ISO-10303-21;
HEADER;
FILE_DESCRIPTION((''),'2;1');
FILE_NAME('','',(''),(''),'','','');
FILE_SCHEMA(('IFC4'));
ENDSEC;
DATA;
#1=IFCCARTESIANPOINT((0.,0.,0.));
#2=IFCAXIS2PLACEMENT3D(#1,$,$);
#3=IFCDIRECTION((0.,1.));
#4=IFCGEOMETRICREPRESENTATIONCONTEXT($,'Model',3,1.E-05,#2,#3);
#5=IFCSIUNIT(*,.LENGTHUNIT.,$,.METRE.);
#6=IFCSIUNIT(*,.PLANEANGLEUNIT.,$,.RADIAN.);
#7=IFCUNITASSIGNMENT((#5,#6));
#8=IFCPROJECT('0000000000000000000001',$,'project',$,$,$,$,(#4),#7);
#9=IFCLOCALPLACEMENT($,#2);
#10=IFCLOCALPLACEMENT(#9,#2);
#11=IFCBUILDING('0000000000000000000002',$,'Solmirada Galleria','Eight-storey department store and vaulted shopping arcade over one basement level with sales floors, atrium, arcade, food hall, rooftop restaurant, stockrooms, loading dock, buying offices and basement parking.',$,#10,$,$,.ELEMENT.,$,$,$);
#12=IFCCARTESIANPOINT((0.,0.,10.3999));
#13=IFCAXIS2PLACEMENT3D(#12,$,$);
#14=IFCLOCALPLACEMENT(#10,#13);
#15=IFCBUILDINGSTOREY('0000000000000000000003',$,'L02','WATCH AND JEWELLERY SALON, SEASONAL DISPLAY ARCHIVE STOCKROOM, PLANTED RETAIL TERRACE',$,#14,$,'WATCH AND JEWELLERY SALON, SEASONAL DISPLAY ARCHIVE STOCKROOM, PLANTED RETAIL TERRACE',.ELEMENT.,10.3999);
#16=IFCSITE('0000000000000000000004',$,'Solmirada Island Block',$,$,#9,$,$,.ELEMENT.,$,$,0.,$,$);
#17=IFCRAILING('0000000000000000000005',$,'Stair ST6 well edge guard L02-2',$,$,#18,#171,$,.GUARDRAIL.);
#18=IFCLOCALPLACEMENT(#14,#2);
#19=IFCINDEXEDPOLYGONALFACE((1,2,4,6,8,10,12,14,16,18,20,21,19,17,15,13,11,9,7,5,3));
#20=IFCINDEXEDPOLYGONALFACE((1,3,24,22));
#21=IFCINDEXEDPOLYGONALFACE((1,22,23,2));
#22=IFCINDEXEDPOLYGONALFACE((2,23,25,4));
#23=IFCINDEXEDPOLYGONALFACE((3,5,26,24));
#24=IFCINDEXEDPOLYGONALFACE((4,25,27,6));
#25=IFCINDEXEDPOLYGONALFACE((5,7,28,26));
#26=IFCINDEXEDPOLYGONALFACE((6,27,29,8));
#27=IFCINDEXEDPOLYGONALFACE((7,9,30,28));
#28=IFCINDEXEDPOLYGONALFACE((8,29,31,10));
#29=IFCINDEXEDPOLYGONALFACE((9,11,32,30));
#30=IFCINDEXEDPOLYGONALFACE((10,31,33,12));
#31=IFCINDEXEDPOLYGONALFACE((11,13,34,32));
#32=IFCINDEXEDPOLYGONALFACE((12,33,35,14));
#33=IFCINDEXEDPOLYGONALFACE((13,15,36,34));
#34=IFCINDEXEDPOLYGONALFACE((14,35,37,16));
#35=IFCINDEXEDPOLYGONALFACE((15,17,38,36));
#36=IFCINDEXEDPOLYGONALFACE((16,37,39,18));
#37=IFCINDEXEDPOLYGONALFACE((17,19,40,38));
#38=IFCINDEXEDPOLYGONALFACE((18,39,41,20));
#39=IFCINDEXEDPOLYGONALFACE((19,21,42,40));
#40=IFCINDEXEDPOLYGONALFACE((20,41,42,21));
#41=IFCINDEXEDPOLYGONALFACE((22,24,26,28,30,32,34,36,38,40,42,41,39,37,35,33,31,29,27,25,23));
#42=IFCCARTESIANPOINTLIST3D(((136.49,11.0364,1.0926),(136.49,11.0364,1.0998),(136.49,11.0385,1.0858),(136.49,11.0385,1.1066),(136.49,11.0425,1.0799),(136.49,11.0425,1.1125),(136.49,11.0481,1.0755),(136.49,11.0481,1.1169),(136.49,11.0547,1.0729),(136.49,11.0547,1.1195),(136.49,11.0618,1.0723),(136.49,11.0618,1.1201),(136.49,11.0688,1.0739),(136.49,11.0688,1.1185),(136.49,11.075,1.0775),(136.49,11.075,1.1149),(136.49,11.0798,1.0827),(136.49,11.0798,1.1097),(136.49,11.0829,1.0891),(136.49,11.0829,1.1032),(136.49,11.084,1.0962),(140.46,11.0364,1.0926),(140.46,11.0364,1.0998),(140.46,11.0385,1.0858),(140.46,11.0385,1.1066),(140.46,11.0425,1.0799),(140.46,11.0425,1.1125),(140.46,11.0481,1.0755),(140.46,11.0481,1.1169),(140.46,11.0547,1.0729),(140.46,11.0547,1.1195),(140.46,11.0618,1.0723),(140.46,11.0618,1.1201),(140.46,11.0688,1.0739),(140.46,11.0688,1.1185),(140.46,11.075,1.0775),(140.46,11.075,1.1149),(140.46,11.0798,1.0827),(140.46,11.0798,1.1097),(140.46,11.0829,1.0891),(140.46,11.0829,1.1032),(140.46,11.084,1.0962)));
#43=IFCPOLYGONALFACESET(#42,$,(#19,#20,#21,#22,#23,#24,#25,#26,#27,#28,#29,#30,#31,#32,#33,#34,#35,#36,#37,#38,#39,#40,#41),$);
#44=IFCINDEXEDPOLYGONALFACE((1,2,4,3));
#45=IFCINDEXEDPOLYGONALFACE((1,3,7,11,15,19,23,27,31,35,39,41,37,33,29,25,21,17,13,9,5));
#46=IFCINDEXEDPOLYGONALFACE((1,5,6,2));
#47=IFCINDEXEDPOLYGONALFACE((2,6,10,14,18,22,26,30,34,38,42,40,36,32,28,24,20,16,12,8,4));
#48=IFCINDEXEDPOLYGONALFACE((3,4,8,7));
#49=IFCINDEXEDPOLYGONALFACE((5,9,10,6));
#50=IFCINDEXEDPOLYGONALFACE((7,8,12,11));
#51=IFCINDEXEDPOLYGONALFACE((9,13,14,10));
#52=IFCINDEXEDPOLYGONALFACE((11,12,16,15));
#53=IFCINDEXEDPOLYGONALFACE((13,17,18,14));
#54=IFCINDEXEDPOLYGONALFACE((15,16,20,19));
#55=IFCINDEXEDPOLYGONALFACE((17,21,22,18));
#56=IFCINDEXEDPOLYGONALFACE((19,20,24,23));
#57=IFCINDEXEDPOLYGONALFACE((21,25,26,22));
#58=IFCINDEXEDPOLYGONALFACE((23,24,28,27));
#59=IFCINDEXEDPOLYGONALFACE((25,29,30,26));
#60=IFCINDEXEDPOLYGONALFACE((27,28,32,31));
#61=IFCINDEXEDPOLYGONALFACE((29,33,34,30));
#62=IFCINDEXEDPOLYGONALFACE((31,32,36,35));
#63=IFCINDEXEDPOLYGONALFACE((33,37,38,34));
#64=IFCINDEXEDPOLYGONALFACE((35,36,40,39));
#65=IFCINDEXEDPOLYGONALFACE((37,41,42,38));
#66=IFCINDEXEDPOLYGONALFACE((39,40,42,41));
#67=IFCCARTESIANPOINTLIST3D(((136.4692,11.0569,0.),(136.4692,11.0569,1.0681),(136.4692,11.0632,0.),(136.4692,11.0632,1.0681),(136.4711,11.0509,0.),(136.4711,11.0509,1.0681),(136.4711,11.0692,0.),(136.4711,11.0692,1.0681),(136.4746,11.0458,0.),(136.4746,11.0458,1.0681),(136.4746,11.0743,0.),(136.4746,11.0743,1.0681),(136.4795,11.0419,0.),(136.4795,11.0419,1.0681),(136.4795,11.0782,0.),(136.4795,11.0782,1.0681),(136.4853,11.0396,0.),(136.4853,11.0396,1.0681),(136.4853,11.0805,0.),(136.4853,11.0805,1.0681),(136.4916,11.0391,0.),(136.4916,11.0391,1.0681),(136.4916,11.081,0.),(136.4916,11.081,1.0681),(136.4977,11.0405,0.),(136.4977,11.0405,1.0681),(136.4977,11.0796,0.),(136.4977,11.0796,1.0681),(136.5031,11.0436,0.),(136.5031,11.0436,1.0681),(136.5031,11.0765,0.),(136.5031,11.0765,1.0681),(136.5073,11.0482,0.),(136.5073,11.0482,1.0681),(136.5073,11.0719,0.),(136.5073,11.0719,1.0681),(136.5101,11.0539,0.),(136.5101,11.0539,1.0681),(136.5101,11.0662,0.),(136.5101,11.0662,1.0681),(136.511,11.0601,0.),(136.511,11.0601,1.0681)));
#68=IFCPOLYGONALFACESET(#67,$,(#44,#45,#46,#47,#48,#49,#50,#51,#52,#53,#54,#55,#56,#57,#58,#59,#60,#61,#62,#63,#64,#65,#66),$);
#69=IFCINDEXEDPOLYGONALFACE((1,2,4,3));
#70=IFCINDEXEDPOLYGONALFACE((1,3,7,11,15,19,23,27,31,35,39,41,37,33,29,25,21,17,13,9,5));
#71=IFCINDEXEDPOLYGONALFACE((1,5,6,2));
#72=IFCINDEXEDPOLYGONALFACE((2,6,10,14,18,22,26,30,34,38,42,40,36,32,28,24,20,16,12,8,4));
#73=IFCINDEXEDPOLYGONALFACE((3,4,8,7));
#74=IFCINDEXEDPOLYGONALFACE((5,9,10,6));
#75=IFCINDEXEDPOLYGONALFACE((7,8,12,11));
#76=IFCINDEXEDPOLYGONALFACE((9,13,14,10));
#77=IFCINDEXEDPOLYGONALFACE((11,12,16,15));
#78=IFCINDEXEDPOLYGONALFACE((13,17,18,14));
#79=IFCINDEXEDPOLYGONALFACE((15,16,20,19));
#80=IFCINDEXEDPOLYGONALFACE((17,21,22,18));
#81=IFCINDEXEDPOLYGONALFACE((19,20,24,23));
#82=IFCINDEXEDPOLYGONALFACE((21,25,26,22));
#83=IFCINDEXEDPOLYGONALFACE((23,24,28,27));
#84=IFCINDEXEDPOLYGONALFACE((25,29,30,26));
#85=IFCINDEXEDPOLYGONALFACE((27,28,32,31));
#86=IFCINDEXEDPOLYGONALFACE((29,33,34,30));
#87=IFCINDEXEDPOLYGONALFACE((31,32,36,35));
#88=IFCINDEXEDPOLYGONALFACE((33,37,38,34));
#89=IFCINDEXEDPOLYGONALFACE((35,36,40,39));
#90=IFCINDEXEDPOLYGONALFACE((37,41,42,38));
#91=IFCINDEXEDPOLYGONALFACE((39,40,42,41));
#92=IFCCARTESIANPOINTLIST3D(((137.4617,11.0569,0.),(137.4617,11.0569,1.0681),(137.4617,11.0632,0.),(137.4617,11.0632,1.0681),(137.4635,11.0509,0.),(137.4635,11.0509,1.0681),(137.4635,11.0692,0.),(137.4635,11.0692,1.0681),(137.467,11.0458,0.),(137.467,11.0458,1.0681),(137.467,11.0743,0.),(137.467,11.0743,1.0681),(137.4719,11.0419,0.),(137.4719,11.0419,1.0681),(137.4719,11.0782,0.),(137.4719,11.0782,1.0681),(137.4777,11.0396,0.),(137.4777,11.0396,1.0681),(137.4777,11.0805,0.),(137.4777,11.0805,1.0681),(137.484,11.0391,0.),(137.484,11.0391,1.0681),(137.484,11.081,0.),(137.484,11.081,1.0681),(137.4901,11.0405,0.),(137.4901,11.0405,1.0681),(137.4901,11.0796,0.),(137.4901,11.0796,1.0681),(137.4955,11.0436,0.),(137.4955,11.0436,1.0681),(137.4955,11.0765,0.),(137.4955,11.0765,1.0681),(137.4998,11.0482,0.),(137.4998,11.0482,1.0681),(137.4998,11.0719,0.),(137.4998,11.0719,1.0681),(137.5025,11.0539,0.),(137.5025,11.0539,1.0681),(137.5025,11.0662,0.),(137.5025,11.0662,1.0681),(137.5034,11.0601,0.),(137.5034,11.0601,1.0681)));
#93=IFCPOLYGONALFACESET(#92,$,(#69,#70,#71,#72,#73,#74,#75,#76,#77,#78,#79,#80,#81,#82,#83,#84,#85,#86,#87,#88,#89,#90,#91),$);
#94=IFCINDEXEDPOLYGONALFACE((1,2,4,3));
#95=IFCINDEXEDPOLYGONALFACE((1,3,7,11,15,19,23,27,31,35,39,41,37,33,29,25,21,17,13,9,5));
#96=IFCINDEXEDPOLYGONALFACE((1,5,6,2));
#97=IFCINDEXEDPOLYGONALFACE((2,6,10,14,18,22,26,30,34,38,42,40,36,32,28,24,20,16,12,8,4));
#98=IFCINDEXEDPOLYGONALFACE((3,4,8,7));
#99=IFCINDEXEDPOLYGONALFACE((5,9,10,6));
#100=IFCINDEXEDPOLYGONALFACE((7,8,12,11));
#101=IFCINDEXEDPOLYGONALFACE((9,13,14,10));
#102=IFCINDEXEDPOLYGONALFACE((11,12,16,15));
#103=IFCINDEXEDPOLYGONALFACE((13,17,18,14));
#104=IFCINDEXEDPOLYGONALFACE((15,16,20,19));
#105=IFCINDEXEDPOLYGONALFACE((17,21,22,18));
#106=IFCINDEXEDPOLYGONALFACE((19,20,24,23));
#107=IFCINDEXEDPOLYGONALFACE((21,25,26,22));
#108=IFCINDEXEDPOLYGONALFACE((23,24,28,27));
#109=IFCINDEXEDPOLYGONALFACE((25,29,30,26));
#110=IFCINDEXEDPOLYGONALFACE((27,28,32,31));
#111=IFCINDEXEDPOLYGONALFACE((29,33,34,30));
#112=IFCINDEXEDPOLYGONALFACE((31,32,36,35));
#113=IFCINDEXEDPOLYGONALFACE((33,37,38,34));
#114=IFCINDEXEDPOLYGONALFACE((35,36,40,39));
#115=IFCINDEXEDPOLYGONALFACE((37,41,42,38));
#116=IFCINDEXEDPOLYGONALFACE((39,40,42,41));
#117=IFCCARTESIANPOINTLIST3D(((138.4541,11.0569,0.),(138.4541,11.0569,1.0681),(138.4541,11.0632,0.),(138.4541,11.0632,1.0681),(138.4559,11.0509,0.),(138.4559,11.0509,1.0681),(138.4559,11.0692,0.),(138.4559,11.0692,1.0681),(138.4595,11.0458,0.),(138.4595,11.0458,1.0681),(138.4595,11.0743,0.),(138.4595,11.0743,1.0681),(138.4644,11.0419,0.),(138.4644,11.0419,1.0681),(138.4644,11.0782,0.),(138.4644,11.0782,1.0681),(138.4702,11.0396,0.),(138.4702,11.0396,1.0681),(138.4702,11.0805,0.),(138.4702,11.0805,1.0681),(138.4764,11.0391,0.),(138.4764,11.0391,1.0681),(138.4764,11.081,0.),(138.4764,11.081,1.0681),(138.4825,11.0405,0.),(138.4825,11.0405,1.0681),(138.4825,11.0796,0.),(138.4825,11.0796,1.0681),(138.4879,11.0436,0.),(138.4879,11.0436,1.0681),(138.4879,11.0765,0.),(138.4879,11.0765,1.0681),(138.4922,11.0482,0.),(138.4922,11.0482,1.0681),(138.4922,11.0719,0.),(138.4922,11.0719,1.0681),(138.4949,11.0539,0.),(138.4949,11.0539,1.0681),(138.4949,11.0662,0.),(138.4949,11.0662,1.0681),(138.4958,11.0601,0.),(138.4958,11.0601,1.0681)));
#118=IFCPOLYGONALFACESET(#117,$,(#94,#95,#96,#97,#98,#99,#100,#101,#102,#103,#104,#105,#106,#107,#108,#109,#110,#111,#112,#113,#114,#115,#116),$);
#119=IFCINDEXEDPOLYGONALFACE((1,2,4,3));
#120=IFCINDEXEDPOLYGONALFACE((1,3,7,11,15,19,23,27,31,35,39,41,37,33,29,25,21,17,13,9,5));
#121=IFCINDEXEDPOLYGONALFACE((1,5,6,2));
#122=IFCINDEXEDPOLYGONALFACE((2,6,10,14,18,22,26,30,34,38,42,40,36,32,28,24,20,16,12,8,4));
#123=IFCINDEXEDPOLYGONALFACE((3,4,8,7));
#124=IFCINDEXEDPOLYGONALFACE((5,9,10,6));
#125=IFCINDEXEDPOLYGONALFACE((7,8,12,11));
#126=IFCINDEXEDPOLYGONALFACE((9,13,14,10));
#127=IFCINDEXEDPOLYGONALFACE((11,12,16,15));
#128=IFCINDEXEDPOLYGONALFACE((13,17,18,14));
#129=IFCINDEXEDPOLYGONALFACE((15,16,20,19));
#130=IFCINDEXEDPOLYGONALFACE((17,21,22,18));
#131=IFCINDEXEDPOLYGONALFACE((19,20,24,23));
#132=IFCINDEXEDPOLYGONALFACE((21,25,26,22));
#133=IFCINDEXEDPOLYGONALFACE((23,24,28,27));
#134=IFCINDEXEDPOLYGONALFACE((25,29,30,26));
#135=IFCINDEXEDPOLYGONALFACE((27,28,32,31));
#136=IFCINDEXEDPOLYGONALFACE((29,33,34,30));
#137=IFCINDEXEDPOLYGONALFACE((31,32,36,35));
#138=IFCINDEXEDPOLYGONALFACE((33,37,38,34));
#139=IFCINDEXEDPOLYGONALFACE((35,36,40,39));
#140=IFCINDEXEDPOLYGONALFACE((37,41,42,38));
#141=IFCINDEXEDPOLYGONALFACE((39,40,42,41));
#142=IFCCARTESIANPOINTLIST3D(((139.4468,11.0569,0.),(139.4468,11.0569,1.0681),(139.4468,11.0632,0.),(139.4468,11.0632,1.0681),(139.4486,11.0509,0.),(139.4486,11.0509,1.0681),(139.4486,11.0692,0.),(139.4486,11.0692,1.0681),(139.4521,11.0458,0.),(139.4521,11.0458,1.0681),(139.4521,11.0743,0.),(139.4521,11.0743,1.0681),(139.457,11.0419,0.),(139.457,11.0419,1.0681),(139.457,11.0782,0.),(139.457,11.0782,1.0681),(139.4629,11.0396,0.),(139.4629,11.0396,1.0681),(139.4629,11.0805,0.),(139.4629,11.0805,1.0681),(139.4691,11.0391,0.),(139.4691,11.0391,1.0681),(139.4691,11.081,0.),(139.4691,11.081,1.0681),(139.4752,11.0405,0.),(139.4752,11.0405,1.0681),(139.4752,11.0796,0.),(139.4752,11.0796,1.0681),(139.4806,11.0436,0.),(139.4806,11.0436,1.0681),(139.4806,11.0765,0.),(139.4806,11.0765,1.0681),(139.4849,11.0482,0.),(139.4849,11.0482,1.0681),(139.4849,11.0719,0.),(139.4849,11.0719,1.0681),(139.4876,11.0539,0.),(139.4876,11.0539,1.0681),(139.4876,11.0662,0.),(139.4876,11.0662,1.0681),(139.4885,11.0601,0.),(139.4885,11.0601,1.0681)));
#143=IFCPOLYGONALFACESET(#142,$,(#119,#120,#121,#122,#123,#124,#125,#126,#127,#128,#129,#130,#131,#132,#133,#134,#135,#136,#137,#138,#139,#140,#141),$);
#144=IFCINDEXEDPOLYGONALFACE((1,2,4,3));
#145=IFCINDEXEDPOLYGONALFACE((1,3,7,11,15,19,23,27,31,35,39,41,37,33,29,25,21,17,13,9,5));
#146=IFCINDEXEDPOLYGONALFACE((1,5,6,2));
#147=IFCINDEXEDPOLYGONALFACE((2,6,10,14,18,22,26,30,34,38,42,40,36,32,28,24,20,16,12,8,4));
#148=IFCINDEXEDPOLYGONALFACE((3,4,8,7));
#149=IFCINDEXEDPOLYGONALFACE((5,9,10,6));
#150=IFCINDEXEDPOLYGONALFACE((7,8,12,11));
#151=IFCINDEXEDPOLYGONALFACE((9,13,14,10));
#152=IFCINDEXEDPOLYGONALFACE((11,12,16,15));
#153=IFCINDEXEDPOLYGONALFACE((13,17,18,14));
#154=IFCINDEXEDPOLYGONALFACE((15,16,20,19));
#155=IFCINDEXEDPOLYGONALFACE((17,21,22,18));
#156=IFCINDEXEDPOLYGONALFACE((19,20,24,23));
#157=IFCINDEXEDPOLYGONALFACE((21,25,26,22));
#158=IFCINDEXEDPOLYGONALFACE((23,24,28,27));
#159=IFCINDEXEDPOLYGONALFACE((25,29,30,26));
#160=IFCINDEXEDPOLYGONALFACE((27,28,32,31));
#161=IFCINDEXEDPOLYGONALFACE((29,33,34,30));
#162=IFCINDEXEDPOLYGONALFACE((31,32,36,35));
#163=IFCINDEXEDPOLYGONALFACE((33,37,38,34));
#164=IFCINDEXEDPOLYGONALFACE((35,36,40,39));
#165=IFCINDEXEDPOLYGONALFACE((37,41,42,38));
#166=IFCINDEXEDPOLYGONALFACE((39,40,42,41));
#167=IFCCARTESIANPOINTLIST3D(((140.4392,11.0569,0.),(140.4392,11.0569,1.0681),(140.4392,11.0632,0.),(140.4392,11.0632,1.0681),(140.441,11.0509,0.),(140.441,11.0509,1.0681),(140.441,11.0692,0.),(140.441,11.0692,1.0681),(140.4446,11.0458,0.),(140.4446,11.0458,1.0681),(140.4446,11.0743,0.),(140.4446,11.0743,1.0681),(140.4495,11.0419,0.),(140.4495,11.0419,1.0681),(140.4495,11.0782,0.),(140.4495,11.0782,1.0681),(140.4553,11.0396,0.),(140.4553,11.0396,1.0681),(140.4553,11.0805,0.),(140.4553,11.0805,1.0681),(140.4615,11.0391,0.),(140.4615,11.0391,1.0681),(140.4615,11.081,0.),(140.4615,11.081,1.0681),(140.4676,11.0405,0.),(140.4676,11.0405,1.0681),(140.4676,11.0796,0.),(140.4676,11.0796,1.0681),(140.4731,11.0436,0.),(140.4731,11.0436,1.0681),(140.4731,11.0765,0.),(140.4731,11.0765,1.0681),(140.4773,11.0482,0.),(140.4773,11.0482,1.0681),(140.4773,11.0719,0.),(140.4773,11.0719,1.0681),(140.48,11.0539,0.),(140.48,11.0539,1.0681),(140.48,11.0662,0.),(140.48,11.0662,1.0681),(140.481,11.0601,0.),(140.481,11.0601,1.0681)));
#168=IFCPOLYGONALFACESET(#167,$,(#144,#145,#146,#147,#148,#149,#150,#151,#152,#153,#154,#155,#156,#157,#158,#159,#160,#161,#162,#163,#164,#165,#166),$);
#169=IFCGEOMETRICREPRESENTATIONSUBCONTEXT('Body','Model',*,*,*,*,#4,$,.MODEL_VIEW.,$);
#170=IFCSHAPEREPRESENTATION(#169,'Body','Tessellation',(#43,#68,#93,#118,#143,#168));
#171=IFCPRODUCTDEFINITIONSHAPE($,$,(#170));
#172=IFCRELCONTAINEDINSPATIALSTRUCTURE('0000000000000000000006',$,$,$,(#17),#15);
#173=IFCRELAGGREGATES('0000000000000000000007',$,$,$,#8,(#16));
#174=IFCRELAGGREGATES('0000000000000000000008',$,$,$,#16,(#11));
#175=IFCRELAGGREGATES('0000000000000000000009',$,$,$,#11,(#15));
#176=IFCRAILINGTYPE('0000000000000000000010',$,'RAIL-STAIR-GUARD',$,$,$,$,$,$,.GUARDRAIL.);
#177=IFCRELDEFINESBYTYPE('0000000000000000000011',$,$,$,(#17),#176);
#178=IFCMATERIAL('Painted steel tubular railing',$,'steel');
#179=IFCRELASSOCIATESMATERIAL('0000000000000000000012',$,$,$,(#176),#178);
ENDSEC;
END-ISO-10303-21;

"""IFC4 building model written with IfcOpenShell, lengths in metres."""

from ifc_helpers import new_model, si_unit, direction, frame, origin, origin_2d, place, context, subcontext, project, spatial, circle, extrude, material, type_object, element, save


model = new_model("IFC4")

# Units and contexts
model_context = context("Model", 3, precision=1e-05, world=origin(), true_north=direction((0.0, 1.0)))
body_context = subcontext(model_context, "Body", "Model", "MODEL_VIEW")
ifc_project = project(units=[si_unit("LENGTHUNIT", "METRE"), si_unit("PLANEANGLEUNIT", "RADIAN")], contexts=[model_context])

# Site, building, storey
site_placement = place(None, origin())
site = spatial("IfcSite", under=ifc_project, at=site_placement, Name="Solmirada Island Block", CompositionType="ELEMENT", RefElevation=0.0)
building_placement = place(site_placement, origin())
building = spatial("IfcBuilding", under=site, at=building_placement, Name="Solmirada Galleria", Description="Eight-storey department store and vaulted shopping arcade over one basement level with sales floors, atrium, arcade, food hall, rooftop restaurant, stockrooms, loading dock, buying offices and basement parking.", CompositionType="ELEMENT")
storey_placement = place(building_placement, frame((0.0, 0.0, 10.3999)))
storey = spatial("IfcBuildingStorey", under=building, at=storey_placement, Name="L02", Description="WATCH AND JEWELLERY SALON, SEASONAL DISPLAY ARCHIVE STOCKROOM, PLANTED RETAIL TERRACE", LongName="WATCH AND JEWELLERY SALON, SEASONAL DISPLAY ARCHIVE STOCKROOM, PLANTED RETAIL TERRACE", CompositionType="ELEMENT", Elevation=10.3999)

# Railing
ifc_material_1 = material(Name="Painted steel tubular railing", Category="steel")
railing_type = type_object("IfcRailingType", Name="RAIL-STAIR-GUARD", PredefinedType="GUARDRAIL", material=ifc_material_1)
railing_1_placement = place(storey_placement, frame((136.49, 11.0601, 0.0)))
element("IfcRailing", 1, at=railing_1_placement, inside=storey, type_object=railing_type, Name="Stair ST6 well edge guard L02-2", PredefinedType="GUARDRAIL", context=body_context, shape_type="SweptSolid", body=[
    extrude(circle(Radius=0.0239, at=origin_2d()), frame((0.0, 0.0, 1.0962), z_axis=(1.0, 0.0, 0.0), x_axis=(0.0, 1.0, 0.0)), (0.0, 0.0, 1.0), 3.97),
    extrude(circle(Radius=0.021, at=origin_2d()), origin(), (0.0, 0.0, 1.0), 1.0681),
    extrude(circle(Radius=0.021, at=origin_2d()), frame((0.9924, 0.0, 0.0)), (0.0, 0.0, 1.0), 1.0681),
    extrude(circle(Radius=0.021, at=origin_2d()), frame((1.9849, 0.0, 0.0)), (0.0, 0.0, 1.0), 1.0681),
    extrude(circle(Radius=0.021, at=origin_2d()), frame((2.9775, 0.0, 0.0)), (0.0, 0.0, 1.0), 1.0681),
    extrude(circle(Radius=0.021, at=origin_2d()), frame((3.97, 0.0, 0.0)), (0.0, 0.0, 1.0), 1.0681),
])

save(model, "model.ifc")
